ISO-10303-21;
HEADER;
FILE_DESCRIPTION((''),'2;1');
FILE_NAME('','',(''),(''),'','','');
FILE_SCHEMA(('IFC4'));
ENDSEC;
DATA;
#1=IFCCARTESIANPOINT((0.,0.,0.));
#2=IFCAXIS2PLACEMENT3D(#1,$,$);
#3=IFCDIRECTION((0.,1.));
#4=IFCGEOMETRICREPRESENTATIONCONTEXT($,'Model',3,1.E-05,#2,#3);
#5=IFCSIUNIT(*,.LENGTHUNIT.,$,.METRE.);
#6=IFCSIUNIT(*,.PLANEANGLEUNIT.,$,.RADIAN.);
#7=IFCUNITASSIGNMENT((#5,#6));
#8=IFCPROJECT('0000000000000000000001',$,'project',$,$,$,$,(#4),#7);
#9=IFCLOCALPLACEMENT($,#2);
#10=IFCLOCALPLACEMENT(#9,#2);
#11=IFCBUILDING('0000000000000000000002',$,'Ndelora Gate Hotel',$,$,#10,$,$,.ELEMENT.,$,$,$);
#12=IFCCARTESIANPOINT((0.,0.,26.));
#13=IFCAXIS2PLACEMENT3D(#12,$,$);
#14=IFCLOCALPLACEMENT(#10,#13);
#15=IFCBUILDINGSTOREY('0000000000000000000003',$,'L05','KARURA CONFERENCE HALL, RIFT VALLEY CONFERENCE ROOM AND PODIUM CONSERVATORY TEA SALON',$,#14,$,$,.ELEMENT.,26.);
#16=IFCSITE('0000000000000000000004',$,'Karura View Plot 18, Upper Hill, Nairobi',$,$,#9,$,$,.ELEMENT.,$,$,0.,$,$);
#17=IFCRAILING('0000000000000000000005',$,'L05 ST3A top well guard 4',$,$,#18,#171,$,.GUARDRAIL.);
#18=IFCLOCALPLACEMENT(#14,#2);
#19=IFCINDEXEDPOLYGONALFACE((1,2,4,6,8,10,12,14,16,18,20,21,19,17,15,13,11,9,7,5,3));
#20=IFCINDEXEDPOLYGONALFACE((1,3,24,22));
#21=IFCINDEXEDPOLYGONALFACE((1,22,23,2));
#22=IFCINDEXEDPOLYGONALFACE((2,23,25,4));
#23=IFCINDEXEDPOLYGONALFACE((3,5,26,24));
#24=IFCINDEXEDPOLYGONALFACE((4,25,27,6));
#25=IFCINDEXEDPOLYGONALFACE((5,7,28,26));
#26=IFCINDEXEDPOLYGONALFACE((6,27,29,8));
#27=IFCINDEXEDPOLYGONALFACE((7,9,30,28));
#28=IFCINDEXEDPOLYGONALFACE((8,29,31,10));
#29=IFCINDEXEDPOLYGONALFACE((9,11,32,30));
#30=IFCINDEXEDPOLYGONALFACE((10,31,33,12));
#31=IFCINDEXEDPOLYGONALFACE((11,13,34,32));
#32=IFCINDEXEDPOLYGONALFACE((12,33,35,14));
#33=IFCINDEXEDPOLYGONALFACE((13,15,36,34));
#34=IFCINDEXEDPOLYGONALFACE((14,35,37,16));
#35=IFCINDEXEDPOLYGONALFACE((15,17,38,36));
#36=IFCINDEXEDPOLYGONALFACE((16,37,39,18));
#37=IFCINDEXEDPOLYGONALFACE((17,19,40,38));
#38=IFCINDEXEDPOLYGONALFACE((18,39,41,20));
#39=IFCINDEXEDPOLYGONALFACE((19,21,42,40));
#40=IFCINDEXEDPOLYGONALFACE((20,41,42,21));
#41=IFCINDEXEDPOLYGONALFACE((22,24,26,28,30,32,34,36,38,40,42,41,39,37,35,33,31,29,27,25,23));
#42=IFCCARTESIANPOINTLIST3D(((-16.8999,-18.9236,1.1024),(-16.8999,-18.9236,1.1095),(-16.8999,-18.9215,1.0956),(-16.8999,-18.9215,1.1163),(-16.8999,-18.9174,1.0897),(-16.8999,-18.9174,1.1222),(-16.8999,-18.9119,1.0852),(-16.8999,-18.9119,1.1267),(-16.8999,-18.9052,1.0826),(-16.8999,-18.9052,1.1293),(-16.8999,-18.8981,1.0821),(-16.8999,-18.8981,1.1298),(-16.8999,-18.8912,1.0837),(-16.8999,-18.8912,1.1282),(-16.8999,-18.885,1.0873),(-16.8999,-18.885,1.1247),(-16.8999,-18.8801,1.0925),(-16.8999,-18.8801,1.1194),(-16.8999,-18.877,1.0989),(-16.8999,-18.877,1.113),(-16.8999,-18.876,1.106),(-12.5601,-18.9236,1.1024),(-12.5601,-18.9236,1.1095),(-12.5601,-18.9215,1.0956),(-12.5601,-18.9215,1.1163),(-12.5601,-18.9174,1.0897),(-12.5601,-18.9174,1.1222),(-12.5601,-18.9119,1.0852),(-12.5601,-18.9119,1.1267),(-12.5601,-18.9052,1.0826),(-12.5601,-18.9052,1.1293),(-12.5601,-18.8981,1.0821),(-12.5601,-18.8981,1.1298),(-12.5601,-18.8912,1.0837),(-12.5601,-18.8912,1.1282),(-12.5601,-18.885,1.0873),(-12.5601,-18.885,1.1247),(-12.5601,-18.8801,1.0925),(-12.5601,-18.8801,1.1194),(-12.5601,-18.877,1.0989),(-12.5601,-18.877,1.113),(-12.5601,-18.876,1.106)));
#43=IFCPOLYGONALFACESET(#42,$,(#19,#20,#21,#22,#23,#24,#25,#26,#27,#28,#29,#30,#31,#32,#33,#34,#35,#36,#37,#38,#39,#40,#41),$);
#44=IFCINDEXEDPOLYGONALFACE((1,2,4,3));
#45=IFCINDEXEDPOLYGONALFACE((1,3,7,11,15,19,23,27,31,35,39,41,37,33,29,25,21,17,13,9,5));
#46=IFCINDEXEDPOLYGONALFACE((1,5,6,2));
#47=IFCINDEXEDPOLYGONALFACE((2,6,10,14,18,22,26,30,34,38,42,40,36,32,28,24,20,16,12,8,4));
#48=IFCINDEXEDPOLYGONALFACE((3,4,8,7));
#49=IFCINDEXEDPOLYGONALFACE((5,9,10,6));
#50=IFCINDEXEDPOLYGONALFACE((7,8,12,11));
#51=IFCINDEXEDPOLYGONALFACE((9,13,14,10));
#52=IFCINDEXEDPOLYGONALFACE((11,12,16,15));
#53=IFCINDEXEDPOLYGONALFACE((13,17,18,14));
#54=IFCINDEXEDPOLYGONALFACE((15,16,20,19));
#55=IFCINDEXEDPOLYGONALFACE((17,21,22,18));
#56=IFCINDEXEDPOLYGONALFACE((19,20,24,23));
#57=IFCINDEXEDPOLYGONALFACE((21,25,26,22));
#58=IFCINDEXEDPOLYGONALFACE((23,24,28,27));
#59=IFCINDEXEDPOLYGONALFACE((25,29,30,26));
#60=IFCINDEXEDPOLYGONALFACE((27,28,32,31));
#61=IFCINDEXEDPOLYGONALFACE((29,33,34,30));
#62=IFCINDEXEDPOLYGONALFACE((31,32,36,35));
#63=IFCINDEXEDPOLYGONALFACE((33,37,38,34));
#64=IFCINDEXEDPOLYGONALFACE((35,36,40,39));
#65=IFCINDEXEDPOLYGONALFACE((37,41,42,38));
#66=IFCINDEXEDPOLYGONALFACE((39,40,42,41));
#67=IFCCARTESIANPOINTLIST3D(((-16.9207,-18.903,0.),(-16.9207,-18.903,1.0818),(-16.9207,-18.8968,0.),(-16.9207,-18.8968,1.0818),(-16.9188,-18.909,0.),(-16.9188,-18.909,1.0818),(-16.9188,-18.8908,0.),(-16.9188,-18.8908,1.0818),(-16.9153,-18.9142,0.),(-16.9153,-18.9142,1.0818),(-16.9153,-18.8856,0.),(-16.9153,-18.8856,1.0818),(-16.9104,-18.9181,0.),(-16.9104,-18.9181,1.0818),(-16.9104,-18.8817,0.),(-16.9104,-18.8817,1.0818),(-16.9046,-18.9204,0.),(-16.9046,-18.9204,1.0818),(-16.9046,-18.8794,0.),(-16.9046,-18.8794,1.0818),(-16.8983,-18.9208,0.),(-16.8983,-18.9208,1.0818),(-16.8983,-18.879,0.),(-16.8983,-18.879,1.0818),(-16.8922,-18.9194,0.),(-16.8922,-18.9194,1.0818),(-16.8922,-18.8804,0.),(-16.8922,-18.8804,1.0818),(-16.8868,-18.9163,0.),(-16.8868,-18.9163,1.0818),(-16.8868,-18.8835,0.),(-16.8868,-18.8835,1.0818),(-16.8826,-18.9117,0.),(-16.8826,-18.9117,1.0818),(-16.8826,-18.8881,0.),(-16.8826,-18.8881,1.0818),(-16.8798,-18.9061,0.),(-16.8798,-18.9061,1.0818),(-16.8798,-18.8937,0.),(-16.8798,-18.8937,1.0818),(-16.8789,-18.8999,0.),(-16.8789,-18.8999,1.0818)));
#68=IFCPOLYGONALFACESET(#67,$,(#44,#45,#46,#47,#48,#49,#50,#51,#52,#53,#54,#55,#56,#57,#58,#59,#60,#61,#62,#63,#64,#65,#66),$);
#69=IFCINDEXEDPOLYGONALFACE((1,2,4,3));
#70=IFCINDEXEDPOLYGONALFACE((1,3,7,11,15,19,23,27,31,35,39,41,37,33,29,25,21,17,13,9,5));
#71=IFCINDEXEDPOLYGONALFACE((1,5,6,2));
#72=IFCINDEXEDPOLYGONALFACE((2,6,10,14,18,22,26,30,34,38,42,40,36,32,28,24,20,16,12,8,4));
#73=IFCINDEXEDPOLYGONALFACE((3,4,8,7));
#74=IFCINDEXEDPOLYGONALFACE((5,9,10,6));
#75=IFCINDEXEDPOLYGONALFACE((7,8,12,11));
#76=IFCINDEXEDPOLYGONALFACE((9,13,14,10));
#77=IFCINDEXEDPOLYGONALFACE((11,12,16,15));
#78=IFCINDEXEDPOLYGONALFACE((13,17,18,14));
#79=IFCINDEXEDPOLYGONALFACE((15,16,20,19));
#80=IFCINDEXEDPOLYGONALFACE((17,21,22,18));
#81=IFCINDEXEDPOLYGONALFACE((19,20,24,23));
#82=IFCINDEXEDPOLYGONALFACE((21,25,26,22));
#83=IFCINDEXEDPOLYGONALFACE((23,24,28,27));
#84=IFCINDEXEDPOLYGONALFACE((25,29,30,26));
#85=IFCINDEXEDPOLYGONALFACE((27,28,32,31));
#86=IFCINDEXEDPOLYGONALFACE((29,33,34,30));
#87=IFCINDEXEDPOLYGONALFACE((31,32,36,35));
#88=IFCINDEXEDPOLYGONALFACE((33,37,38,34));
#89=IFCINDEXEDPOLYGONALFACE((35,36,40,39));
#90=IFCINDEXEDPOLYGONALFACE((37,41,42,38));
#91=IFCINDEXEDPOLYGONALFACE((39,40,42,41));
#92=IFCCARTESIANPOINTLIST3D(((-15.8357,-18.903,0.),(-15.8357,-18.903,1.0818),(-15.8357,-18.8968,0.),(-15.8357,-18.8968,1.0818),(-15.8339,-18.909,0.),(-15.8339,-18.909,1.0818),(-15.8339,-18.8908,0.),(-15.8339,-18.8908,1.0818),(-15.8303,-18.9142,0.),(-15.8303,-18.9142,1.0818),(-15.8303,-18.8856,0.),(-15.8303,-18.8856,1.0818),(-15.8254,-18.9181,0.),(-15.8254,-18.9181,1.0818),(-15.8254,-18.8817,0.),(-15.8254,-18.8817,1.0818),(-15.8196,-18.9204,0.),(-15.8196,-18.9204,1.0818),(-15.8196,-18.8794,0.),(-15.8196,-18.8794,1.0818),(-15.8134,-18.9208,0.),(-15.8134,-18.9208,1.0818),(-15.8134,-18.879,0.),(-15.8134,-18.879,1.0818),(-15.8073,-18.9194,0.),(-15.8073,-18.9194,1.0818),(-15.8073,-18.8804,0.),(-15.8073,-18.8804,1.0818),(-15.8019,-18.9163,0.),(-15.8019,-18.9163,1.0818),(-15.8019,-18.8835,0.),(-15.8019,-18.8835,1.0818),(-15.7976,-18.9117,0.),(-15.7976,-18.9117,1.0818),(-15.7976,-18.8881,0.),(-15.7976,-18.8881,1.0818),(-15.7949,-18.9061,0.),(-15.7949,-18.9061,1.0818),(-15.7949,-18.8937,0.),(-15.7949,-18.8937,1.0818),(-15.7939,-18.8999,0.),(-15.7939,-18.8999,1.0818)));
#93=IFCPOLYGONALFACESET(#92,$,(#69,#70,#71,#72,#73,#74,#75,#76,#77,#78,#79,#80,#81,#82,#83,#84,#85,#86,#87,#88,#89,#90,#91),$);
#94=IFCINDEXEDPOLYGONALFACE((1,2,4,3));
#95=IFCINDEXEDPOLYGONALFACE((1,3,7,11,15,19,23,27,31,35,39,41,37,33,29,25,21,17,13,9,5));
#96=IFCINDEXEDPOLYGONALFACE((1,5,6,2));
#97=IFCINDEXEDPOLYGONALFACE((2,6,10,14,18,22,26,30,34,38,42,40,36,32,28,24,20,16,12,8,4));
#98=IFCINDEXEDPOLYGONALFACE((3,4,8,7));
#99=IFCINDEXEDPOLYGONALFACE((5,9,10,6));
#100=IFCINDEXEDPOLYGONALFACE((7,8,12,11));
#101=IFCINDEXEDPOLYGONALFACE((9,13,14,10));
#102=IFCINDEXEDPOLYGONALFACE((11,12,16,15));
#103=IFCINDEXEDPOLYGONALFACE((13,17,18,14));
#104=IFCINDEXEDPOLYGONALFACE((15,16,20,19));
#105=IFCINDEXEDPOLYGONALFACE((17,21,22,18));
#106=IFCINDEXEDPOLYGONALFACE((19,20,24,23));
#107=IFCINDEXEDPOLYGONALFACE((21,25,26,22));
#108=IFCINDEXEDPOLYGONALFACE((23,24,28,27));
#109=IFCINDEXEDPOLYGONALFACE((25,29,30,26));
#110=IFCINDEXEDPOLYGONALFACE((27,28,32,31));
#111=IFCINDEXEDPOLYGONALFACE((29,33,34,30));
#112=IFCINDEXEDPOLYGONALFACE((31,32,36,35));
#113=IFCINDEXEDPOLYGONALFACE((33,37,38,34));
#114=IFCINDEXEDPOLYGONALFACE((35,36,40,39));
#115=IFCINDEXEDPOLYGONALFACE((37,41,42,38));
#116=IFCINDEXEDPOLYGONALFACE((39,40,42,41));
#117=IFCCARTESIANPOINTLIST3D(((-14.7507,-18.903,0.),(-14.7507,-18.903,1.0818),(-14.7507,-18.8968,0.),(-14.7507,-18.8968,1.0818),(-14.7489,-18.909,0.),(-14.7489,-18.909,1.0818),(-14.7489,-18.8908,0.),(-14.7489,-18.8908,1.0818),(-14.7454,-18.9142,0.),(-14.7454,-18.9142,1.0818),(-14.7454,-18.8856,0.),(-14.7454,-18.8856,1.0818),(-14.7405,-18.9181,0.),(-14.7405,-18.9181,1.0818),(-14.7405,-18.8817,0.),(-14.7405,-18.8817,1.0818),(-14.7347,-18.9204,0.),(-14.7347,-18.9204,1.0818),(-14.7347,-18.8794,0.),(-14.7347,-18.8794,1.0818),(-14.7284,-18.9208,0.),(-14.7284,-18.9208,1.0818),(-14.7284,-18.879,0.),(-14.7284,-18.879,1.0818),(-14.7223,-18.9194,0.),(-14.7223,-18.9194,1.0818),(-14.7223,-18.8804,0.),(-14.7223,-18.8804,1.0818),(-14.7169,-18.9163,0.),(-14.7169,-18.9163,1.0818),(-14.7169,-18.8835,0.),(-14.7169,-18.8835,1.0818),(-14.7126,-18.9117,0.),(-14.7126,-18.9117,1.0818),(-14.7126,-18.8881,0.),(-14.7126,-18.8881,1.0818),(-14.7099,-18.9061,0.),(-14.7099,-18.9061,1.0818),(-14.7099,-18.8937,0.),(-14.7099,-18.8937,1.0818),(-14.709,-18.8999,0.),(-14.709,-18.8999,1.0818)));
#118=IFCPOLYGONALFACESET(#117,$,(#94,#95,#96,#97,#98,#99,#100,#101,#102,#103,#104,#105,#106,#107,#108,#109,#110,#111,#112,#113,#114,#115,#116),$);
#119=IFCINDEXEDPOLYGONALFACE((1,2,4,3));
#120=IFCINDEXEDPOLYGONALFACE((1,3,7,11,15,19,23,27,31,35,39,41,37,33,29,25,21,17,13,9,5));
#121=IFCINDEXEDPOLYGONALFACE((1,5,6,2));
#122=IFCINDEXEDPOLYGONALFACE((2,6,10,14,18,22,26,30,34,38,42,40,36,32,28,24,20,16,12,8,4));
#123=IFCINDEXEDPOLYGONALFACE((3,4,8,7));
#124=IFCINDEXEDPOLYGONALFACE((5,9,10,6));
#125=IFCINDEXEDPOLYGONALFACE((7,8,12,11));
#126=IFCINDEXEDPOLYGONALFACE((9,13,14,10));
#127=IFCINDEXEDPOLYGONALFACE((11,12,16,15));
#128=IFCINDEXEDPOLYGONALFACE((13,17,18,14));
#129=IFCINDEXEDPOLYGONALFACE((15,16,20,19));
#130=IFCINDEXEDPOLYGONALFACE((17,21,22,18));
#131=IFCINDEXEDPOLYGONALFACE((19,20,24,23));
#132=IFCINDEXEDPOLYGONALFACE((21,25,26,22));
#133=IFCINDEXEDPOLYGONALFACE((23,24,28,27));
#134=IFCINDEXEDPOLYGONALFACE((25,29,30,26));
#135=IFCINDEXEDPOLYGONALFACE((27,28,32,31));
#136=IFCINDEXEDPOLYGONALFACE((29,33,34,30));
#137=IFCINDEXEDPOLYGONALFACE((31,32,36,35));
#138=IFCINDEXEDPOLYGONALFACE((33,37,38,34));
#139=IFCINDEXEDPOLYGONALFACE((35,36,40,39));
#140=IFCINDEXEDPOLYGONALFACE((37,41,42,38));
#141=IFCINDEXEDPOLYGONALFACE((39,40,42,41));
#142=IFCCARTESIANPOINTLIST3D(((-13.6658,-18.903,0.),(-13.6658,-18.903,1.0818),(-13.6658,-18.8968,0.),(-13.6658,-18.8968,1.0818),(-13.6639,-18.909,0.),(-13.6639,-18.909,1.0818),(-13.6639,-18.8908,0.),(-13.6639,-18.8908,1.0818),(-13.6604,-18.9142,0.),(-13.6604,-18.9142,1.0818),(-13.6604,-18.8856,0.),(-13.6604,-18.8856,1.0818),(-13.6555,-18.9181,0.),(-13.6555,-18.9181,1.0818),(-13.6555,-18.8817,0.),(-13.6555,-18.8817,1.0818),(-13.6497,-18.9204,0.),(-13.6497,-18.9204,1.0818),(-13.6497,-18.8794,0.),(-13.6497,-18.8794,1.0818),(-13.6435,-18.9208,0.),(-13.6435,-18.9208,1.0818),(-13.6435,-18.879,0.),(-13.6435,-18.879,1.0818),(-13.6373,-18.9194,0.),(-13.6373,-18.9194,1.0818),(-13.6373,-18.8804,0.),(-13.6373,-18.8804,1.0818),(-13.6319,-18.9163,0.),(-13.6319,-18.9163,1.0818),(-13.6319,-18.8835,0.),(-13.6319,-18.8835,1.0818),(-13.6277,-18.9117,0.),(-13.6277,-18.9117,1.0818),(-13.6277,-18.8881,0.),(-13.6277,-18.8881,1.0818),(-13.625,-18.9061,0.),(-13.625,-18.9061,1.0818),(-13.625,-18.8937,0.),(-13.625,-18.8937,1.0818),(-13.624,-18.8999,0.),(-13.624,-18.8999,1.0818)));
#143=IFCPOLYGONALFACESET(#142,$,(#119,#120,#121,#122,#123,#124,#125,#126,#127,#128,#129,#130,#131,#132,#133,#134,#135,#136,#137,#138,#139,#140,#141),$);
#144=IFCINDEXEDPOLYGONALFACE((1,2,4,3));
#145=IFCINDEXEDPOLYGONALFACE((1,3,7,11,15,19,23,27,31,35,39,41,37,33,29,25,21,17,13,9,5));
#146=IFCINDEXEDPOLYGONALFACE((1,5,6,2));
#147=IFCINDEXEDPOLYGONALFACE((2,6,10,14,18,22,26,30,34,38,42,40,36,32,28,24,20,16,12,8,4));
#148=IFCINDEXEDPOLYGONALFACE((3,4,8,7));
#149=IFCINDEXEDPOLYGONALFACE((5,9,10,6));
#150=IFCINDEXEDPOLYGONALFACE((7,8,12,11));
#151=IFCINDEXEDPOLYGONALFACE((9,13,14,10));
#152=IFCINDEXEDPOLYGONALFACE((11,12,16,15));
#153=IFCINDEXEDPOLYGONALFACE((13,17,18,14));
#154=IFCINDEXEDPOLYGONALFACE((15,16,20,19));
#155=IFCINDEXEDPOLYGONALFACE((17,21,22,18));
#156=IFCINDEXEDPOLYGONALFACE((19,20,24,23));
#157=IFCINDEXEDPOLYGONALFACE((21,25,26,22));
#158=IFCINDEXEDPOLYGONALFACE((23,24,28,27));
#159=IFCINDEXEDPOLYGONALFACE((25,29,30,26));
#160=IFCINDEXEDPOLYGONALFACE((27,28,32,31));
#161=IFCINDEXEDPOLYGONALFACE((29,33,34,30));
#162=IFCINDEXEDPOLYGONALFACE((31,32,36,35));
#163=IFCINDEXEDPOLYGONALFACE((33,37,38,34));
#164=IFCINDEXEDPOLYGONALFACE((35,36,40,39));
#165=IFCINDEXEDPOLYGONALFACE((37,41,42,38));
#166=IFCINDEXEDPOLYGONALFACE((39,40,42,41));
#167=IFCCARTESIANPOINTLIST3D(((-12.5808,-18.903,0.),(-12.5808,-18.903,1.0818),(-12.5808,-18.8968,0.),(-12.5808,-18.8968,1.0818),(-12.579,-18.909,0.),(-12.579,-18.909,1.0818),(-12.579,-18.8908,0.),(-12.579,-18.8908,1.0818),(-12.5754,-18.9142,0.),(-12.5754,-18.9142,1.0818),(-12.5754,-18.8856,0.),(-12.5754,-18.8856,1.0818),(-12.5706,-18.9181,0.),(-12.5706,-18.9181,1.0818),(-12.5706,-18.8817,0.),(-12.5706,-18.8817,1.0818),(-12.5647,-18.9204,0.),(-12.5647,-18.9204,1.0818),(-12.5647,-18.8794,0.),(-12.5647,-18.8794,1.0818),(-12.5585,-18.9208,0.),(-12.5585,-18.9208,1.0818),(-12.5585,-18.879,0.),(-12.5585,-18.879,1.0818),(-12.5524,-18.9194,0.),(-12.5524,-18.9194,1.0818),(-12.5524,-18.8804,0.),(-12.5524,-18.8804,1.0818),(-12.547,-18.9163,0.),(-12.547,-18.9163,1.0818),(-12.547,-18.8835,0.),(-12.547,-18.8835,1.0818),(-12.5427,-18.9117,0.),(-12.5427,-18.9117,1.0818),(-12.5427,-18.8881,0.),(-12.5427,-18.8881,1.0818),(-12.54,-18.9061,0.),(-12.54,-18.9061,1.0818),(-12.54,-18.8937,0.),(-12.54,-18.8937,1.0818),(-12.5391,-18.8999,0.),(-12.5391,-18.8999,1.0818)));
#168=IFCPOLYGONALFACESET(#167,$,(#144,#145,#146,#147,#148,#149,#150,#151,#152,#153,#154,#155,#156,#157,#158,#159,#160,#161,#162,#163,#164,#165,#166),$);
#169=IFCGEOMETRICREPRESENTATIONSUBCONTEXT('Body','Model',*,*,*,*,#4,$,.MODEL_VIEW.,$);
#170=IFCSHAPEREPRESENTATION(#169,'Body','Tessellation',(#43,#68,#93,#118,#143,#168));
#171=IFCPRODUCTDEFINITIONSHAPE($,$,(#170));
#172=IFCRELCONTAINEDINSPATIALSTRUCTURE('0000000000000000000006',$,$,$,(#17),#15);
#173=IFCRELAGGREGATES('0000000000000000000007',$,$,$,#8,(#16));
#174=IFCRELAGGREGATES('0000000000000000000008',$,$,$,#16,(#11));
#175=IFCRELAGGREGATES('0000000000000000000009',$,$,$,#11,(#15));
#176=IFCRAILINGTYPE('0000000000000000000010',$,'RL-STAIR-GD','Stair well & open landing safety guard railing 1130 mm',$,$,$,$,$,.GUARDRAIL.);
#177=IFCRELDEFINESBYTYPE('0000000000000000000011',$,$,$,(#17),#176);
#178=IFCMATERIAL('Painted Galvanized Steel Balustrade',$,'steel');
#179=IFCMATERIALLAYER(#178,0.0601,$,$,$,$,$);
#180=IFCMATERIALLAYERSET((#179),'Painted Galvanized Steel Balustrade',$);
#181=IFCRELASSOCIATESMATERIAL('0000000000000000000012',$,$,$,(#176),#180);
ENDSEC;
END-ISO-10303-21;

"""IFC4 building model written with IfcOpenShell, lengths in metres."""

from ifc_helpers import new_model, si_unit, direction, frame, origin, origin_2d, place, context, subcontext, project, spatial, circle, extrude, material, layer, layer_set, type_object, element, save


model = new_model("IFC4")

# Units and contexts
model_context = context("Model", 3, precision=1e-05, world=origin(), true_north=direction((0.0, 1.0)))
body_context = subcontext(model_context, "Body", "Model", "MODEL_VIEW")
ifc_project = project(units=[si_unit("LENGTHUNIT", "METRE"), si_unit("PLANEANGLEUNIT", "RADIAN")], contexts=[model_context])

# Site, building, storey
site_placement = place(None, origin())
site = spatial("IfcSite", under=ifc_project, at=site_placement, Name="Karura View Plot 18, Upper Hill, Nairobi", CompositionType="ELEMENT", RefElevation=0.0)
building_placement = place(site_placement, origin())
building = spatial("IfcBuilding", under=site, at=building_placement, Name="Ndelora Gate Hotel", CompositionType="ELEMENT")
storey_placement = place(building_placement, frame((0.0, 0.0, 26.0)))
storey = spatial("IfcBuildingStorey", under=building, at=storey_placement, Name="L05", Description="KARURA CONFERENCE HALL, RIFT VALLEY CONFERENCE ROOM AND PODIUM CONSERVATORY TEA SALON", CompositionType="ELEMENT", Elevation=26.0)

# Railing
ifc_material_1 = material(Name="Painted Galvanized Steel Balustrade", Category="steel")
ifc_layer_1 = layer(ifc_material_1, 0.0601)
ifc_layer_set_1 = layer_set([ifc_layer_1], Name="Painted Galvanized Steel Balustrade")
railing_type = type_object("IfcRailingType", Name="RL-STAIR-GD", Description="Stair well & open landing safety guard railing 1130 mm", PredefinedType="GUARDRAIL", material=ifc_layer_set_1)
railing_1_placement = place(storey_placement, frame((-16.8999, -18.8999, 0.0)))
element("IfcRailing", 1, at=railing_1_placement, inside=storey, type_object=railing_type, Name="L05 ST3A top well guard 4", PredefinedType="GUARDRAIL", context=body_context, shape_type="SweptSolid", body=[
    extrude(circle(Radius=0.0239, at=origin_2d()), frame((0.0, 0.0, 1.106), z_axis=(1.0, 0.0, 0.0), x_axis=(0.0, 1.0, 0.0)), (0.0, 0.0, 1.0), 4.3398),
    extrude(circle(Radius=0.021, at=origin_2d()), origin(), (0.0, 0.0, 1.0), 1.0818),
    extrude(circle(Radius=0.021, at=origin_2d()), frame((1.085, 0.0, 0.0)), (0.0, 0.0, 1.0), 1.0818),
    extrude(circle(Radius=0.021, at=origin_2d()), frame((2.1699, 0.0, 0.0)), (0.0, 0.0, 1.0), 1.0818),
    extrude(circle(Radius=0.021, at=origin_2d()), frame((3.2549, 0.0, 0.0)), (0.0, 0.0, 1.0), 1.0818),
    extrude(circle(Radius=0.021, at=origin_2d()), frame((4.3398, 0.0, 0.0)), (0.0, 0.0, 1.0), 1.0818),
])

save(model, "model.ifc")
